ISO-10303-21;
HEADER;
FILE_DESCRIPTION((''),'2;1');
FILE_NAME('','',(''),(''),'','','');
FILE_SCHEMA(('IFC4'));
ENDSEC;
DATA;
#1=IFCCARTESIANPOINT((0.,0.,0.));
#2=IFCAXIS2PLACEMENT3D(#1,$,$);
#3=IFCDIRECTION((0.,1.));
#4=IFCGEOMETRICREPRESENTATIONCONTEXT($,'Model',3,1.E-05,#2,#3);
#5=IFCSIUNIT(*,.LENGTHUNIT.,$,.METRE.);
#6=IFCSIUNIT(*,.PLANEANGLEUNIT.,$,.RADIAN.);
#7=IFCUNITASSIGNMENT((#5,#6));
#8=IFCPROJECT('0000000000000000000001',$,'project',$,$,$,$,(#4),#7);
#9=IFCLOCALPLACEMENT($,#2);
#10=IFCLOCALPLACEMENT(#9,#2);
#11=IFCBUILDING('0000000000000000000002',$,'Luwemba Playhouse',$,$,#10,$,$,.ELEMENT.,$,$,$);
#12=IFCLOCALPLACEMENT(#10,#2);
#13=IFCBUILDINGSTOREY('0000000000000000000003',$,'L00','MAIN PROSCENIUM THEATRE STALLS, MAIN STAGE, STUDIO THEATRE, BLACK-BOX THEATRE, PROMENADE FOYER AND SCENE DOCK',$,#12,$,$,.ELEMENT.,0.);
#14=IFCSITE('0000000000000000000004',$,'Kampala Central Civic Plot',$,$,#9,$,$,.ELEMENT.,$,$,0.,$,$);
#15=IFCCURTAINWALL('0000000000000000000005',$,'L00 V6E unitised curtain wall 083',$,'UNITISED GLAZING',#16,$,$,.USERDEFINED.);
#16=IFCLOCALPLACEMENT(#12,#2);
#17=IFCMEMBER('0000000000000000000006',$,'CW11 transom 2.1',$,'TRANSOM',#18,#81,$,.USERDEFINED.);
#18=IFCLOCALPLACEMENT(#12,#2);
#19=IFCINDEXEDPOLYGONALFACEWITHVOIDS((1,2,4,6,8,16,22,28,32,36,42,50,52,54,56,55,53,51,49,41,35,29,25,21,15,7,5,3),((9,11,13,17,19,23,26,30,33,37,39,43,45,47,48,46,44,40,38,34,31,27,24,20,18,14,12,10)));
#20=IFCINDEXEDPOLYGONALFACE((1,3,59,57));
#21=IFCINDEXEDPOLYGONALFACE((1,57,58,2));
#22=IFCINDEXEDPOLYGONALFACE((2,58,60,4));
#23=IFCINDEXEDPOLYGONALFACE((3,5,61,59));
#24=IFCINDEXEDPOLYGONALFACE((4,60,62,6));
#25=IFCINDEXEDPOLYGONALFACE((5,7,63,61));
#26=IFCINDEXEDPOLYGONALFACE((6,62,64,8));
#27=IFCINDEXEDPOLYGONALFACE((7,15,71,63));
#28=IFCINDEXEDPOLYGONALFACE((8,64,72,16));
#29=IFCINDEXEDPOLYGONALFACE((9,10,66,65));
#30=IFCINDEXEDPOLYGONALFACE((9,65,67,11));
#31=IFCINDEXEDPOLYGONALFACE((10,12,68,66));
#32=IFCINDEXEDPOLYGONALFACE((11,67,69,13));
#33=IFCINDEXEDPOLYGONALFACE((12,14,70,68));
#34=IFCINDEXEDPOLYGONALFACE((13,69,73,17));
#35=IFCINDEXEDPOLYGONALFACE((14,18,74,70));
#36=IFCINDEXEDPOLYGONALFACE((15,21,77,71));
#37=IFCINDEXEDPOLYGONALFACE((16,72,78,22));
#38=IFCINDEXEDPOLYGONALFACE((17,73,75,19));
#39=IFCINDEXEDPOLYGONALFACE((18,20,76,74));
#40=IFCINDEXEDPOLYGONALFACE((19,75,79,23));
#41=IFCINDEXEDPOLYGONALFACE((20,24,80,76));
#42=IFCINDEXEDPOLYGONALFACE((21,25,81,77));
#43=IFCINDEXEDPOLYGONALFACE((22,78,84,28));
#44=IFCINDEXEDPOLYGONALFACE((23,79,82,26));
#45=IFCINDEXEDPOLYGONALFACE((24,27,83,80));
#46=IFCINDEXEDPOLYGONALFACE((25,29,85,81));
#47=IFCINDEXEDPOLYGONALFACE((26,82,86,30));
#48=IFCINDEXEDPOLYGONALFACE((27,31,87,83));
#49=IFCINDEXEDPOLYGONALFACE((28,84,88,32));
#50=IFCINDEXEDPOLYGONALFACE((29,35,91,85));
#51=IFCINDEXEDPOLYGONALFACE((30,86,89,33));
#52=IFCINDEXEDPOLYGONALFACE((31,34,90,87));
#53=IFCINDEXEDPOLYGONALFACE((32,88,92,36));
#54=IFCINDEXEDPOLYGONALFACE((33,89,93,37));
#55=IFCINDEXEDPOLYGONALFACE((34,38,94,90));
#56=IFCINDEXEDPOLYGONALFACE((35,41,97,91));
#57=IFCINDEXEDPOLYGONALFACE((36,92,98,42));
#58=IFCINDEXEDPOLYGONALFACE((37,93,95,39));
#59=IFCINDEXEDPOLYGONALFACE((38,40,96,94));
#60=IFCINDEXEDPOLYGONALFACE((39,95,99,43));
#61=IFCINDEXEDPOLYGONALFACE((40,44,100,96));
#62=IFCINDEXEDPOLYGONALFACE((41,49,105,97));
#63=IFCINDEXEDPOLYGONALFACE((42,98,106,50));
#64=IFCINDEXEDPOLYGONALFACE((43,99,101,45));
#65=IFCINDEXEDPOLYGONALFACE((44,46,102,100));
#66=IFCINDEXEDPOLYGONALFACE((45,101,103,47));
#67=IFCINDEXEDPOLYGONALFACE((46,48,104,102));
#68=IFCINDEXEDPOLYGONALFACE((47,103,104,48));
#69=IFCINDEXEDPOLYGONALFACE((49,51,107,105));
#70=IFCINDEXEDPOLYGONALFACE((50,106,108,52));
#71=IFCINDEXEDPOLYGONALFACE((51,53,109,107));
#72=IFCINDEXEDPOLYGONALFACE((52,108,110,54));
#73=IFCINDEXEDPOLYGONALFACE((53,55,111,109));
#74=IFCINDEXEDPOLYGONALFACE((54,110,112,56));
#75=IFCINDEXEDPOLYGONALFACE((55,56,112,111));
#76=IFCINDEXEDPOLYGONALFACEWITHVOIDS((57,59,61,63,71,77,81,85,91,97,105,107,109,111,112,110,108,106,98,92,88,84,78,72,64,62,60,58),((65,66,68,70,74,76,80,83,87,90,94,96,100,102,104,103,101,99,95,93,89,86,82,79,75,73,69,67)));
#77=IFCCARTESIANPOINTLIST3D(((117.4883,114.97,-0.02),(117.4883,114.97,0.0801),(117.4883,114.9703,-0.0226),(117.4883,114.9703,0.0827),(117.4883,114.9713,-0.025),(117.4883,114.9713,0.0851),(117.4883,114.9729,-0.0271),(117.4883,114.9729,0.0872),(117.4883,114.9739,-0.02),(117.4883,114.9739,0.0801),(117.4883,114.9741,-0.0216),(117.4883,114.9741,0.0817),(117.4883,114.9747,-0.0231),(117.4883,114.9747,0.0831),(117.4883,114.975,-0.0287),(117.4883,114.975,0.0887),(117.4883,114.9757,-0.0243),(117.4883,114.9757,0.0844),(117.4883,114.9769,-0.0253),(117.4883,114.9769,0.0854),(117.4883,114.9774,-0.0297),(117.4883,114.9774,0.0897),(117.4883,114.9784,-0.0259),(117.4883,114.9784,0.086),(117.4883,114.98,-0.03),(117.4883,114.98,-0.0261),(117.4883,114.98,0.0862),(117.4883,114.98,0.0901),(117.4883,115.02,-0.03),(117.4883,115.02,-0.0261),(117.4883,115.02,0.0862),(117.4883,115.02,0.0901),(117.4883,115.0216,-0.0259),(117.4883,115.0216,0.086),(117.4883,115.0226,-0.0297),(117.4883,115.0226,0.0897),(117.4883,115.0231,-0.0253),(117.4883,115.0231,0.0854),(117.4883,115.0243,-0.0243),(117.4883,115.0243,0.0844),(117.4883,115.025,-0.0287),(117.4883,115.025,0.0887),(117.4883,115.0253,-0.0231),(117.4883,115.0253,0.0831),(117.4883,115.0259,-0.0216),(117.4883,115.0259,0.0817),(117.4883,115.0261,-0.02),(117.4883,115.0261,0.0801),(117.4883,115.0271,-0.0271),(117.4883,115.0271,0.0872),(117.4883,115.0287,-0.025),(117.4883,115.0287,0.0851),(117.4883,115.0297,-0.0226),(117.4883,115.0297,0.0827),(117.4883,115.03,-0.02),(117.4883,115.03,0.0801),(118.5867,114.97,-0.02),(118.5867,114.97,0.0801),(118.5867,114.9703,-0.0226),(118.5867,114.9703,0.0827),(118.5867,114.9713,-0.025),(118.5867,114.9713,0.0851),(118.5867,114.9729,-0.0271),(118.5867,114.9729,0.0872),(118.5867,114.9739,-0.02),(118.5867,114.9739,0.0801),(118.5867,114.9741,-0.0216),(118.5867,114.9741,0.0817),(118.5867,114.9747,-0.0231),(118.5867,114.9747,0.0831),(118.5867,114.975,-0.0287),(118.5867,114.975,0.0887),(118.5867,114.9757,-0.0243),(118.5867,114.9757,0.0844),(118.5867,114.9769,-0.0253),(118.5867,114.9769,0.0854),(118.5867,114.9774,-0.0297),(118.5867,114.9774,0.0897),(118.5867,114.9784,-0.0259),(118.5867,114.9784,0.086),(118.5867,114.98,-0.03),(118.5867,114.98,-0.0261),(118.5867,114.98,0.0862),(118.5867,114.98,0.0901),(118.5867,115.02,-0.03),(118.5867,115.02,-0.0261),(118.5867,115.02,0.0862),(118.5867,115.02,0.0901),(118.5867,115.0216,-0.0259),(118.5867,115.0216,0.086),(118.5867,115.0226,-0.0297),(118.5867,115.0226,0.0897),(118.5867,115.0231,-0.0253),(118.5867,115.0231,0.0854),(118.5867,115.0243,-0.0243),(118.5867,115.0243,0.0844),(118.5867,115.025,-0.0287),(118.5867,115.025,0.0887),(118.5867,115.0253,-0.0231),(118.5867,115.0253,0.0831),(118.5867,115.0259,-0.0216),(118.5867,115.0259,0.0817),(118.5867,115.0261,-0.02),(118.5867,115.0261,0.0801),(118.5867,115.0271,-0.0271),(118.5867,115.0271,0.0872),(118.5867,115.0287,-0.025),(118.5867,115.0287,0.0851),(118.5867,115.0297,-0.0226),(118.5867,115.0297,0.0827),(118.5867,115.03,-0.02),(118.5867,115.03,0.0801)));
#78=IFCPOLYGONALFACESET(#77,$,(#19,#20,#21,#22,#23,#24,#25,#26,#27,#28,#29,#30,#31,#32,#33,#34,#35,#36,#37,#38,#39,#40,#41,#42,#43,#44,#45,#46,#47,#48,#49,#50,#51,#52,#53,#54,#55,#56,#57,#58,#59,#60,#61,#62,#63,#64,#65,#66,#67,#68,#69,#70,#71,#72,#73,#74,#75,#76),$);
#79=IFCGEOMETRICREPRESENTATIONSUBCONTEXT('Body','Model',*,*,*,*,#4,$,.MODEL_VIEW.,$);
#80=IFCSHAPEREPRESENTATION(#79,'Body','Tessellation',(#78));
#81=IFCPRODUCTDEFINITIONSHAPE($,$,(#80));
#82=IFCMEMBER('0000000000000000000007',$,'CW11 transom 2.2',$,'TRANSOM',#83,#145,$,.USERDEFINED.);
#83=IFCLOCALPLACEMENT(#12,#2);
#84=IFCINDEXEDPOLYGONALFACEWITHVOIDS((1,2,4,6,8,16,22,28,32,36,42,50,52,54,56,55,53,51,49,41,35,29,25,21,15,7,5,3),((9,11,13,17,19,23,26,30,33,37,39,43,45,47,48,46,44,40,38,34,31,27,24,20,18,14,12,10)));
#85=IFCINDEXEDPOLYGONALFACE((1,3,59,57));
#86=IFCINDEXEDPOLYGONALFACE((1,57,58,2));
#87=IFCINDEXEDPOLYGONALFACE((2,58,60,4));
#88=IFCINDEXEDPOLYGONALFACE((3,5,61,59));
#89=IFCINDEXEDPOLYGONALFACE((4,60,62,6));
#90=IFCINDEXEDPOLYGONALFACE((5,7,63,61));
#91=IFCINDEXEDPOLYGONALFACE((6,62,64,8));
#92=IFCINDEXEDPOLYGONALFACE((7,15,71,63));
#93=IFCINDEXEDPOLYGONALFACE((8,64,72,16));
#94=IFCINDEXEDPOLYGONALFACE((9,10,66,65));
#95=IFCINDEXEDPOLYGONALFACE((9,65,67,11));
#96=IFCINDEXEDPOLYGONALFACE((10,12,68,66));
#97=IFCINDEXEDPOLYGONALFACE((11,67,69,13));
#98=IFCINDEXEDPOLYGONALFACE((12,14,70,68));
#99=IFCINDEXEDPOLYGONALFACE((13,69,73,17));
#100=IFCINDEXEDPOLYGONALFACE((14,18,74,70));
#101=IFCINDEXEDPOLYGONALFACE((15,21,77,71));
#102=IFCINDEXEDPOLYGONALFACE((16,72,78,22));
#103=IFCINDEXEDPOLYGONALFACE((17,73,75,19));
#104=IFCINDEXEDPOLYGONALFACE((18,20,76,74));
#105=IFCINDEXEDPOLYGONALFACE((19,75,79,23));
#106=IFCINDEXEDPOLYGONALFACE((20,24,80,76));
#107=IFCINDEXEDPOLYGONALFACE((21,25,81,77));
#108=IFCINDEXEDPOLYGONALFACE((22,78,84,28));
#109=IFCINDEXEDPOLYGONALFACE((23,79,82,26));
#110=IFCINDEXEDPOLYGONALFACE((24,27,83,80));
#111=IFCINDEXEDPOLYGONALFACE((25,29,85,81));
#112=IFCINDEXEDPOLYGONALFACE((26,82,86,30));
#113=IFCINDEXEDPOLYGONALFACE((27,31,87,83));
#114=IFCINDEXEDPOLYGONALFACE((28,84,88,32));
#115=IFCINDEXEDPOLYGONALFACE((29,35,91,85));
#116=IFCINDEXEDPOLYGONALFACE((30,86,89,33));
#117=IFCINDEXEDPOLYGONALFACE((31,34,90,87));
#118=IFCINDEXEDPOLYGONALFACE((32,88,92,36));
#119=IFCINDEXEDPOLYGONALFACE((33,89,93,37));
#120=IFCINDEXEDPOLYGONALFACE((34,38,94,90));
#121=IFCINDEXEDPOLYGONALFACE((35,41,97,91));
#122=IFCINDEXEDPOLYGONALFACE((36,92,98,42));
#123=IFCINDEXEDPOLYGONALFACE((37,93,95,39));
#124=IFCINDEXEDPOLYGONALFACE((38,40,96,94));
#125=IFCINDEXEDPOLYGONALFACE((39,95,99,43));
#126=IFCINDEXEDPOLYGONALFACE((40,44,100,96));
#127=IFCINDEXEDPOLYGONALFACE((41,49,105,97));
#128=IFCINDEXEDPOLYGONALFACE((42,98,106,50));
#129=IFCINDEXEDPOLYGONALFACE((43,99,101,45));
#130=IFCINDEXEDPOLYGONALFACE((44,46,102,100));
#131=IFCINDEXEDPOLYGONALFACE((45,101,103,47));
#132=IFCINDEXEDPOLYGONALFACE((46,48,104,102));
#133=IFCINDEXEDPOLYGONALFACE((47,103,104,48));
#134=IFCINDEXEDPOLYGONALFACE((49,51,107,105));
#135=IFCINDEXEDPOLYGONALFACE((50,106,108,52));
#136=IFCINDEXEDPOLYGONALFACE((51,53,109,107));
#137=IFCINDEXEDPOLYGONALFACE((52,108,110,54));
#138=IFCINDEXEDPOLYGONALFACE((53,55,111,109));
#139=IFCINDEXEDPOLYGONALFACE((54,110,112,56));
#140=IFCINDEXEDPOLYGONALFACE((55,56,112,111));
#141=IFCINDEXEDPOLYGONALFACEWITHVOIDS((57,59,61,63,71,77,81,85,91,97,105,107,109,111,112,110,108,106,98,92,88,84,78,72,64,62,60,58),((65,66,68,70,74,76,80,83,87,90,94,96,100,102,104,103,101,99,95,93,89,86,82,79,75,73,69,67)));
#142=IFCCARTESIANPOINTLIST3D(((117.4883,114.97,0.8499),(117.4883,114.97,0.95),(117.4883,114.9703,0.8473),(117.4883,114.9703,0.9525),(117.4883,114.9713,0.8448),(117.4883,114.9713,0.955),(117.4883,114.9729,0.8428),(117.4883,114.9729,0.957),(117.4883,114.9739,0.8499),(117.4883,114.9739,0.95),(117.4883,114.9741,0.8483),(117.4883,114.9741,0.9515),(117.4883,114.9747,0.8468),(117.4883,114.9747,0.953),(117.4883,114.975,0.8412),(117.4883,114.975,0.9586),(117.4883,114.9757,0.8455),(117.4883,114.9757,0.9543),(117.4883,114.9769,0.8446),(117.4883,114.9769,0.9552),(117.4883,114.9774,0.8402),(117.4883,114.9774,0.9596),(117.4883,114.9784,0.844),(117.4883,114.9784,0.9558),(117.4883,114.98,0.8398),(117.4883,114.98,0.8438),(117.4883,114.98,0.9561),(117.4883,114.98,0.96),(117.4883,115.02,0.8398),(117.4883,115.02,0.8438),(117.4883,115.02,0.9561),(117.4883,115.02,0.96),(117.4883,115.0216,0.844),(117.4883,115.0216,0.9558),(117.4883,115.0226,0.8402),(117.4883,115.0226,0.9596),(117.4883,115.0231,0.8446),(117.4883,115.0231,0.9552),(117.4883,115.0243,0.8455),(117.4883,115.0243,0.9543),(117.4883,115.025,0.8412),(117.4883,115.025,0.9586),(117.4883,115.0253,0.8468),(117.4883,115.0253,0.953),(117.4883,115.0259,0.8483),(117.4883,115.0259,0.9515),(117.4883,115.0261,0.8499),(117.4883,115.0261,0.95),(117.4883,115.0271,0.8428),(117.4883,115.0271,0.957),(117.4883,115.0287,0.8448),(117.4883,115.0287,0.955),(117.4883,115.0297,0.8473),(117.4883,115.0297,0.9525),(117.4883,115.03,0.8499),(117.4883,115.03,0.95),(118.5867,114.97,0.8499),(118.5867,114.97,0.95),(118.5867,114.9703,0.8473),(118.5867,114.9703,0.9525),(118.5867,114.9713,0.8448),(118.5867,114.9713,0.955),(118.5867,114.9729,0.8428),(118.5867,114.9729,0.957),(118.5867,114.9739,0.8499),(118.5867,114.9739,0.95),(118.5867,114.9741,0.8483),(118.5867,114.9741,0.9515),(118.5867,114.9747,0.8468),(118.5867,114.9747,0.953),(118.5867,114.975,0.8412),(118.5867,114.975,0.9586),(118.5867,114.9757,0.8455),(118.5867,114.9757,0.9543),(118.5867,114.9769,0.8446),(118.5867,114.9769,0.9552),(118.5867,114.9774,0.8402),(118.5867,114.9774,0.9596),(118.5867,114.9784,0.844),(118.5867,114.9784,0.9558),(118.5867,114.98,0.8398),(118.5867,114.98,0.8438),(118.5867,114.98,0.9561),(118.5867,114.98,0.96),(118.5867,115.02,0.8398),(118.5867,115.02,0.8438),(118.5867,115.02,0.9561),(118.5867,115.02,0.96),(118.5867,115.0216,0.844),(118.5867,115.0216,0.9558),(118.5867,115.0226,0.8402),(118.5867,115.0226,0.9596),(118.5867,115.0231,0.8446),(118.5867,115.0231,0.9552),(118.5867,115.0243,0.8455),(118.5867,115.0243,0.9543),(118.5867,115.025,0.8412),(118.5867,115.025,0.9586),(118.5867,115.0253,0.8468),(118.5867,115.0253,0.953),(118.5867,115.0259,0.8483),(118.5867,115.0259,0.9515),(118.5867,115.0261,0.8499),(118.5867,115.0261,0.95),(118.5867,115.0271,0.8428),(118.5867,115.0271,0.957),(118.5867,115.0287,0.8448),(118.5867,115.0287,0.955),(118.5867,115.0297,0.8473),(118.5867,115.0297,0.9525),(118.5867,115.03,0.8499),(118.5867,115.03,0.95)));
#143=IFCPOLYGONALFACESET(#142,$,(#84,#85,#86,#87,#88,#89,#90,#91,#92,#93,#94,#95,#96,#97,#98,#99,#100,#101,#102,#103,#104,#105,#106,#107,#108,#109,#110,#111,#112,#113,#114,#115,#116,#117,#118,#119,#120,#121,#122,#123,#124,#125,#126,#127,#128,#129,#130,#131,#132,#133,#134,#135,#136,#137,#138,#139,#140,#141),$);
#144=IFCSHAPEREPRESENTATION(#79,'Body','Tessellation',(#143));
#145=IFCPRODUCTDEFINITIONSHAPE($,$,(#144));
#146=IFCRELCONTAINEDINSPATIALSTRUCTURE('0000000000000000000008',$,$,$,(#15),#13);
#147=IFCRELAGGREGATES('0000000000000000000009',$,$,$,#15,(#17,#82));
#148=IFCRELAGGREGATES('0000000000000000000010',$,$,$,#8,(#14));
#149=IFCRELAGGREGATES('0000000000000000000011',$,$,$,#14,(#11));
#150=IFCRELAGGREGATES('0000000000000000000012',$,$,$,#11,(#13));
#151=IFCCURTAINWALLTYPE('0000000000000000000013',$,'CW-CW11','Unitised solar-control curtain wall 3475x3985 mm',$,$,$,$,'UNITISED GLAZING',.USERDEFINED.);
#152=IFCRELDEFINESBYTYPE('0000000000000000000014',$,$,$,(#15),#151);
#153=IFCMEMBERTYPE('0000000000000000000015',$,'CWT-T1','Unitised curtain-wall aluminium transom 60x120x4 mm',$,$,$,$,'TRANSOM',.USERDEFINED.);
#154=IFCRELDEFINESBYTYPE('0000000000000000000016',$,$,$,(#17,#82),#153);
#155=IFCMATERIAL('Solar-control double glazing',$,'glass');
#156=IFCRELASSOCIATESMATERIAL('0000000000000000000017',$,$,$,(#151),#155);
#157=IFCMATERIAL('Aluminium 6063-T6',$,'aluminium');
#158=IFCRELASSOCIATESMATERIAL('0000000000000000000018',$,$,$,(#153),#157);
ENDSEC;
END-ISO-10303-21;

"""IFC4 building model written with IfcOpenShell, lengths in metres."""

from ifc_helpers import new_model, si_unit, direction, frame, origin, origin_2d, place, context, subcontext, project, spatial, hollow_rectangle, extrude, material, material_profile, profile_set, type_object, element, aggregate, save


model = new_model("IFC4")

# Units and contexts
model_context = context("Model", 3, precision=1e-05, world=origin(), true_north=direction((0.0, 1.0)))
body_context = subcontext(model_context, "Body", "Model", "MODEL_VIEW")
ifc_project = project(units=[si_unit("LENGTHUNIT", "METRE"), si_unit("PLANEANGLEUNIT", "RADIAN")], contexts=[model_context])

# Site, building, storey
site_placement = place(None, origin())
site = spatial("IfcSite", under=ifc_project, at=site_placement, Name="Kampala Central Civic Plot", CompositionType="ELEMENT", RefElevation=0.0)
building_placement = place(site_placement, origin())
building = spatial("IfcBuilding", under=site, at=building_placement, Name="Luwemba Playhouse", CompositionType="ELEMENT")
storey_placement = place(building_placement, origin())
storey = spatial("IfcBuildingStorey", under=building, at=storey_placement, Name="L00", Description="MAIN PROSCENIUM THEATRE STALLS, MAIN STAGE, STUDIO THEATRE, BLACK-BOX THEATRE, PROMENADE FOYER AND SCENE DOCK", CompositionType="ELEMENT", Elevation=0.0)

# Curtain wall, members
ifc_material_1 = material(Name="Solar-control double glazing", Category="glass")
curtain_wall_type = type_object("IfcCurtainWallType", Name="CW-CW11", Description="Unitised solar-control curtain wall 3475x3985 mm", ElementType="UNITISED GLAZING", PredefinedType="USERDEFINED", material=ifc_material_1)
curtain_wall_placement = place(storey_placement, origin())
curtain_wall = element("IfcCurtainWall", 1, at=curtain_wall_placement, inside=storey, type_object=curtain_wall_type, Name="L00 V6E unitised curtain wall 083", ObjectType="UNITISED GLAZING", PredefinedType="USERDEFINED")
ifc_material_2 = material(Name="Aluminium 6063-T6", Category="aluminium")
ifc_material_profile_1 = material_profile(ifc_material_2, hollow_rectangle(XDim=0.0601, YDim=0.1201, WallThickness=0.0039, InnerFilletRadius=0.0061, OuterFilletRadius=0.01, at=origin_2d()))
ifc_profile_set_1 = profile_set([ifc_material_profile_1], Name="Aluminium 6063-T6")
member_type_1 = type_object("IfcMemberType", Name="CWT-T1", Description="Unitised curtain-wall aluminium transom 60x120x4 mm", ElementType="TRANSOM", PredefinedType="USERDEFINED", material=ifc_profile_set_1)
member_1_placement = place(storey_placement, frame((117.4883, 115.0, 0.03), z_axis=(1.0, 0.0, 0.0), x_axis=(0.0, 1.0, 0.0)))
member_1 = element("IfcMember", 2, at=member_1_placement, type_object=member_type_1, Name="CW11 transom 2.1", ObjectType="TRANSOM", PredefinedType="USERDEFINED", context=body_context, shape_type="SweptSolid", body=[
    extrude(hollow_rectangle(XDim=0.0601, YDim=0.1201, WallThickness=0.0039, InnerFilletRadius=0.0061, OuterFilletRadius=0.01, at=origin_2d()), origin(), (0.0, 0.0, 1.0), 1.0984),
])
member_2_placement = place(storey_placement, frame((117.4883, 115.0, 0.8999), z_axis=(1.0, 0.0, 0.0), x_axis=(0.0, 1.0, 0.0)))
member_2 = element("IfcMember", 3, at=member_2_placement, type_object=member_type_1, Name="CW11 transom 2.2", ObjectType="TRANSOM", PredefinedType="USERDEFINED", context=body_context, shape_type="SweptSolid", body=[
    extrude(hollow_rectangle(XDim=0.0601, YDim=0.1201, WallThickness=0.0039, InnerFilletRadius=0.0061, OuterFilletRadius=0.01, at=origin_2d()), origin(), (0.0, 0.0, 1.0), 1.0984),
])
aggregate(curtain_wall, [member_1, member_2])

save(model, "model.ifc")
